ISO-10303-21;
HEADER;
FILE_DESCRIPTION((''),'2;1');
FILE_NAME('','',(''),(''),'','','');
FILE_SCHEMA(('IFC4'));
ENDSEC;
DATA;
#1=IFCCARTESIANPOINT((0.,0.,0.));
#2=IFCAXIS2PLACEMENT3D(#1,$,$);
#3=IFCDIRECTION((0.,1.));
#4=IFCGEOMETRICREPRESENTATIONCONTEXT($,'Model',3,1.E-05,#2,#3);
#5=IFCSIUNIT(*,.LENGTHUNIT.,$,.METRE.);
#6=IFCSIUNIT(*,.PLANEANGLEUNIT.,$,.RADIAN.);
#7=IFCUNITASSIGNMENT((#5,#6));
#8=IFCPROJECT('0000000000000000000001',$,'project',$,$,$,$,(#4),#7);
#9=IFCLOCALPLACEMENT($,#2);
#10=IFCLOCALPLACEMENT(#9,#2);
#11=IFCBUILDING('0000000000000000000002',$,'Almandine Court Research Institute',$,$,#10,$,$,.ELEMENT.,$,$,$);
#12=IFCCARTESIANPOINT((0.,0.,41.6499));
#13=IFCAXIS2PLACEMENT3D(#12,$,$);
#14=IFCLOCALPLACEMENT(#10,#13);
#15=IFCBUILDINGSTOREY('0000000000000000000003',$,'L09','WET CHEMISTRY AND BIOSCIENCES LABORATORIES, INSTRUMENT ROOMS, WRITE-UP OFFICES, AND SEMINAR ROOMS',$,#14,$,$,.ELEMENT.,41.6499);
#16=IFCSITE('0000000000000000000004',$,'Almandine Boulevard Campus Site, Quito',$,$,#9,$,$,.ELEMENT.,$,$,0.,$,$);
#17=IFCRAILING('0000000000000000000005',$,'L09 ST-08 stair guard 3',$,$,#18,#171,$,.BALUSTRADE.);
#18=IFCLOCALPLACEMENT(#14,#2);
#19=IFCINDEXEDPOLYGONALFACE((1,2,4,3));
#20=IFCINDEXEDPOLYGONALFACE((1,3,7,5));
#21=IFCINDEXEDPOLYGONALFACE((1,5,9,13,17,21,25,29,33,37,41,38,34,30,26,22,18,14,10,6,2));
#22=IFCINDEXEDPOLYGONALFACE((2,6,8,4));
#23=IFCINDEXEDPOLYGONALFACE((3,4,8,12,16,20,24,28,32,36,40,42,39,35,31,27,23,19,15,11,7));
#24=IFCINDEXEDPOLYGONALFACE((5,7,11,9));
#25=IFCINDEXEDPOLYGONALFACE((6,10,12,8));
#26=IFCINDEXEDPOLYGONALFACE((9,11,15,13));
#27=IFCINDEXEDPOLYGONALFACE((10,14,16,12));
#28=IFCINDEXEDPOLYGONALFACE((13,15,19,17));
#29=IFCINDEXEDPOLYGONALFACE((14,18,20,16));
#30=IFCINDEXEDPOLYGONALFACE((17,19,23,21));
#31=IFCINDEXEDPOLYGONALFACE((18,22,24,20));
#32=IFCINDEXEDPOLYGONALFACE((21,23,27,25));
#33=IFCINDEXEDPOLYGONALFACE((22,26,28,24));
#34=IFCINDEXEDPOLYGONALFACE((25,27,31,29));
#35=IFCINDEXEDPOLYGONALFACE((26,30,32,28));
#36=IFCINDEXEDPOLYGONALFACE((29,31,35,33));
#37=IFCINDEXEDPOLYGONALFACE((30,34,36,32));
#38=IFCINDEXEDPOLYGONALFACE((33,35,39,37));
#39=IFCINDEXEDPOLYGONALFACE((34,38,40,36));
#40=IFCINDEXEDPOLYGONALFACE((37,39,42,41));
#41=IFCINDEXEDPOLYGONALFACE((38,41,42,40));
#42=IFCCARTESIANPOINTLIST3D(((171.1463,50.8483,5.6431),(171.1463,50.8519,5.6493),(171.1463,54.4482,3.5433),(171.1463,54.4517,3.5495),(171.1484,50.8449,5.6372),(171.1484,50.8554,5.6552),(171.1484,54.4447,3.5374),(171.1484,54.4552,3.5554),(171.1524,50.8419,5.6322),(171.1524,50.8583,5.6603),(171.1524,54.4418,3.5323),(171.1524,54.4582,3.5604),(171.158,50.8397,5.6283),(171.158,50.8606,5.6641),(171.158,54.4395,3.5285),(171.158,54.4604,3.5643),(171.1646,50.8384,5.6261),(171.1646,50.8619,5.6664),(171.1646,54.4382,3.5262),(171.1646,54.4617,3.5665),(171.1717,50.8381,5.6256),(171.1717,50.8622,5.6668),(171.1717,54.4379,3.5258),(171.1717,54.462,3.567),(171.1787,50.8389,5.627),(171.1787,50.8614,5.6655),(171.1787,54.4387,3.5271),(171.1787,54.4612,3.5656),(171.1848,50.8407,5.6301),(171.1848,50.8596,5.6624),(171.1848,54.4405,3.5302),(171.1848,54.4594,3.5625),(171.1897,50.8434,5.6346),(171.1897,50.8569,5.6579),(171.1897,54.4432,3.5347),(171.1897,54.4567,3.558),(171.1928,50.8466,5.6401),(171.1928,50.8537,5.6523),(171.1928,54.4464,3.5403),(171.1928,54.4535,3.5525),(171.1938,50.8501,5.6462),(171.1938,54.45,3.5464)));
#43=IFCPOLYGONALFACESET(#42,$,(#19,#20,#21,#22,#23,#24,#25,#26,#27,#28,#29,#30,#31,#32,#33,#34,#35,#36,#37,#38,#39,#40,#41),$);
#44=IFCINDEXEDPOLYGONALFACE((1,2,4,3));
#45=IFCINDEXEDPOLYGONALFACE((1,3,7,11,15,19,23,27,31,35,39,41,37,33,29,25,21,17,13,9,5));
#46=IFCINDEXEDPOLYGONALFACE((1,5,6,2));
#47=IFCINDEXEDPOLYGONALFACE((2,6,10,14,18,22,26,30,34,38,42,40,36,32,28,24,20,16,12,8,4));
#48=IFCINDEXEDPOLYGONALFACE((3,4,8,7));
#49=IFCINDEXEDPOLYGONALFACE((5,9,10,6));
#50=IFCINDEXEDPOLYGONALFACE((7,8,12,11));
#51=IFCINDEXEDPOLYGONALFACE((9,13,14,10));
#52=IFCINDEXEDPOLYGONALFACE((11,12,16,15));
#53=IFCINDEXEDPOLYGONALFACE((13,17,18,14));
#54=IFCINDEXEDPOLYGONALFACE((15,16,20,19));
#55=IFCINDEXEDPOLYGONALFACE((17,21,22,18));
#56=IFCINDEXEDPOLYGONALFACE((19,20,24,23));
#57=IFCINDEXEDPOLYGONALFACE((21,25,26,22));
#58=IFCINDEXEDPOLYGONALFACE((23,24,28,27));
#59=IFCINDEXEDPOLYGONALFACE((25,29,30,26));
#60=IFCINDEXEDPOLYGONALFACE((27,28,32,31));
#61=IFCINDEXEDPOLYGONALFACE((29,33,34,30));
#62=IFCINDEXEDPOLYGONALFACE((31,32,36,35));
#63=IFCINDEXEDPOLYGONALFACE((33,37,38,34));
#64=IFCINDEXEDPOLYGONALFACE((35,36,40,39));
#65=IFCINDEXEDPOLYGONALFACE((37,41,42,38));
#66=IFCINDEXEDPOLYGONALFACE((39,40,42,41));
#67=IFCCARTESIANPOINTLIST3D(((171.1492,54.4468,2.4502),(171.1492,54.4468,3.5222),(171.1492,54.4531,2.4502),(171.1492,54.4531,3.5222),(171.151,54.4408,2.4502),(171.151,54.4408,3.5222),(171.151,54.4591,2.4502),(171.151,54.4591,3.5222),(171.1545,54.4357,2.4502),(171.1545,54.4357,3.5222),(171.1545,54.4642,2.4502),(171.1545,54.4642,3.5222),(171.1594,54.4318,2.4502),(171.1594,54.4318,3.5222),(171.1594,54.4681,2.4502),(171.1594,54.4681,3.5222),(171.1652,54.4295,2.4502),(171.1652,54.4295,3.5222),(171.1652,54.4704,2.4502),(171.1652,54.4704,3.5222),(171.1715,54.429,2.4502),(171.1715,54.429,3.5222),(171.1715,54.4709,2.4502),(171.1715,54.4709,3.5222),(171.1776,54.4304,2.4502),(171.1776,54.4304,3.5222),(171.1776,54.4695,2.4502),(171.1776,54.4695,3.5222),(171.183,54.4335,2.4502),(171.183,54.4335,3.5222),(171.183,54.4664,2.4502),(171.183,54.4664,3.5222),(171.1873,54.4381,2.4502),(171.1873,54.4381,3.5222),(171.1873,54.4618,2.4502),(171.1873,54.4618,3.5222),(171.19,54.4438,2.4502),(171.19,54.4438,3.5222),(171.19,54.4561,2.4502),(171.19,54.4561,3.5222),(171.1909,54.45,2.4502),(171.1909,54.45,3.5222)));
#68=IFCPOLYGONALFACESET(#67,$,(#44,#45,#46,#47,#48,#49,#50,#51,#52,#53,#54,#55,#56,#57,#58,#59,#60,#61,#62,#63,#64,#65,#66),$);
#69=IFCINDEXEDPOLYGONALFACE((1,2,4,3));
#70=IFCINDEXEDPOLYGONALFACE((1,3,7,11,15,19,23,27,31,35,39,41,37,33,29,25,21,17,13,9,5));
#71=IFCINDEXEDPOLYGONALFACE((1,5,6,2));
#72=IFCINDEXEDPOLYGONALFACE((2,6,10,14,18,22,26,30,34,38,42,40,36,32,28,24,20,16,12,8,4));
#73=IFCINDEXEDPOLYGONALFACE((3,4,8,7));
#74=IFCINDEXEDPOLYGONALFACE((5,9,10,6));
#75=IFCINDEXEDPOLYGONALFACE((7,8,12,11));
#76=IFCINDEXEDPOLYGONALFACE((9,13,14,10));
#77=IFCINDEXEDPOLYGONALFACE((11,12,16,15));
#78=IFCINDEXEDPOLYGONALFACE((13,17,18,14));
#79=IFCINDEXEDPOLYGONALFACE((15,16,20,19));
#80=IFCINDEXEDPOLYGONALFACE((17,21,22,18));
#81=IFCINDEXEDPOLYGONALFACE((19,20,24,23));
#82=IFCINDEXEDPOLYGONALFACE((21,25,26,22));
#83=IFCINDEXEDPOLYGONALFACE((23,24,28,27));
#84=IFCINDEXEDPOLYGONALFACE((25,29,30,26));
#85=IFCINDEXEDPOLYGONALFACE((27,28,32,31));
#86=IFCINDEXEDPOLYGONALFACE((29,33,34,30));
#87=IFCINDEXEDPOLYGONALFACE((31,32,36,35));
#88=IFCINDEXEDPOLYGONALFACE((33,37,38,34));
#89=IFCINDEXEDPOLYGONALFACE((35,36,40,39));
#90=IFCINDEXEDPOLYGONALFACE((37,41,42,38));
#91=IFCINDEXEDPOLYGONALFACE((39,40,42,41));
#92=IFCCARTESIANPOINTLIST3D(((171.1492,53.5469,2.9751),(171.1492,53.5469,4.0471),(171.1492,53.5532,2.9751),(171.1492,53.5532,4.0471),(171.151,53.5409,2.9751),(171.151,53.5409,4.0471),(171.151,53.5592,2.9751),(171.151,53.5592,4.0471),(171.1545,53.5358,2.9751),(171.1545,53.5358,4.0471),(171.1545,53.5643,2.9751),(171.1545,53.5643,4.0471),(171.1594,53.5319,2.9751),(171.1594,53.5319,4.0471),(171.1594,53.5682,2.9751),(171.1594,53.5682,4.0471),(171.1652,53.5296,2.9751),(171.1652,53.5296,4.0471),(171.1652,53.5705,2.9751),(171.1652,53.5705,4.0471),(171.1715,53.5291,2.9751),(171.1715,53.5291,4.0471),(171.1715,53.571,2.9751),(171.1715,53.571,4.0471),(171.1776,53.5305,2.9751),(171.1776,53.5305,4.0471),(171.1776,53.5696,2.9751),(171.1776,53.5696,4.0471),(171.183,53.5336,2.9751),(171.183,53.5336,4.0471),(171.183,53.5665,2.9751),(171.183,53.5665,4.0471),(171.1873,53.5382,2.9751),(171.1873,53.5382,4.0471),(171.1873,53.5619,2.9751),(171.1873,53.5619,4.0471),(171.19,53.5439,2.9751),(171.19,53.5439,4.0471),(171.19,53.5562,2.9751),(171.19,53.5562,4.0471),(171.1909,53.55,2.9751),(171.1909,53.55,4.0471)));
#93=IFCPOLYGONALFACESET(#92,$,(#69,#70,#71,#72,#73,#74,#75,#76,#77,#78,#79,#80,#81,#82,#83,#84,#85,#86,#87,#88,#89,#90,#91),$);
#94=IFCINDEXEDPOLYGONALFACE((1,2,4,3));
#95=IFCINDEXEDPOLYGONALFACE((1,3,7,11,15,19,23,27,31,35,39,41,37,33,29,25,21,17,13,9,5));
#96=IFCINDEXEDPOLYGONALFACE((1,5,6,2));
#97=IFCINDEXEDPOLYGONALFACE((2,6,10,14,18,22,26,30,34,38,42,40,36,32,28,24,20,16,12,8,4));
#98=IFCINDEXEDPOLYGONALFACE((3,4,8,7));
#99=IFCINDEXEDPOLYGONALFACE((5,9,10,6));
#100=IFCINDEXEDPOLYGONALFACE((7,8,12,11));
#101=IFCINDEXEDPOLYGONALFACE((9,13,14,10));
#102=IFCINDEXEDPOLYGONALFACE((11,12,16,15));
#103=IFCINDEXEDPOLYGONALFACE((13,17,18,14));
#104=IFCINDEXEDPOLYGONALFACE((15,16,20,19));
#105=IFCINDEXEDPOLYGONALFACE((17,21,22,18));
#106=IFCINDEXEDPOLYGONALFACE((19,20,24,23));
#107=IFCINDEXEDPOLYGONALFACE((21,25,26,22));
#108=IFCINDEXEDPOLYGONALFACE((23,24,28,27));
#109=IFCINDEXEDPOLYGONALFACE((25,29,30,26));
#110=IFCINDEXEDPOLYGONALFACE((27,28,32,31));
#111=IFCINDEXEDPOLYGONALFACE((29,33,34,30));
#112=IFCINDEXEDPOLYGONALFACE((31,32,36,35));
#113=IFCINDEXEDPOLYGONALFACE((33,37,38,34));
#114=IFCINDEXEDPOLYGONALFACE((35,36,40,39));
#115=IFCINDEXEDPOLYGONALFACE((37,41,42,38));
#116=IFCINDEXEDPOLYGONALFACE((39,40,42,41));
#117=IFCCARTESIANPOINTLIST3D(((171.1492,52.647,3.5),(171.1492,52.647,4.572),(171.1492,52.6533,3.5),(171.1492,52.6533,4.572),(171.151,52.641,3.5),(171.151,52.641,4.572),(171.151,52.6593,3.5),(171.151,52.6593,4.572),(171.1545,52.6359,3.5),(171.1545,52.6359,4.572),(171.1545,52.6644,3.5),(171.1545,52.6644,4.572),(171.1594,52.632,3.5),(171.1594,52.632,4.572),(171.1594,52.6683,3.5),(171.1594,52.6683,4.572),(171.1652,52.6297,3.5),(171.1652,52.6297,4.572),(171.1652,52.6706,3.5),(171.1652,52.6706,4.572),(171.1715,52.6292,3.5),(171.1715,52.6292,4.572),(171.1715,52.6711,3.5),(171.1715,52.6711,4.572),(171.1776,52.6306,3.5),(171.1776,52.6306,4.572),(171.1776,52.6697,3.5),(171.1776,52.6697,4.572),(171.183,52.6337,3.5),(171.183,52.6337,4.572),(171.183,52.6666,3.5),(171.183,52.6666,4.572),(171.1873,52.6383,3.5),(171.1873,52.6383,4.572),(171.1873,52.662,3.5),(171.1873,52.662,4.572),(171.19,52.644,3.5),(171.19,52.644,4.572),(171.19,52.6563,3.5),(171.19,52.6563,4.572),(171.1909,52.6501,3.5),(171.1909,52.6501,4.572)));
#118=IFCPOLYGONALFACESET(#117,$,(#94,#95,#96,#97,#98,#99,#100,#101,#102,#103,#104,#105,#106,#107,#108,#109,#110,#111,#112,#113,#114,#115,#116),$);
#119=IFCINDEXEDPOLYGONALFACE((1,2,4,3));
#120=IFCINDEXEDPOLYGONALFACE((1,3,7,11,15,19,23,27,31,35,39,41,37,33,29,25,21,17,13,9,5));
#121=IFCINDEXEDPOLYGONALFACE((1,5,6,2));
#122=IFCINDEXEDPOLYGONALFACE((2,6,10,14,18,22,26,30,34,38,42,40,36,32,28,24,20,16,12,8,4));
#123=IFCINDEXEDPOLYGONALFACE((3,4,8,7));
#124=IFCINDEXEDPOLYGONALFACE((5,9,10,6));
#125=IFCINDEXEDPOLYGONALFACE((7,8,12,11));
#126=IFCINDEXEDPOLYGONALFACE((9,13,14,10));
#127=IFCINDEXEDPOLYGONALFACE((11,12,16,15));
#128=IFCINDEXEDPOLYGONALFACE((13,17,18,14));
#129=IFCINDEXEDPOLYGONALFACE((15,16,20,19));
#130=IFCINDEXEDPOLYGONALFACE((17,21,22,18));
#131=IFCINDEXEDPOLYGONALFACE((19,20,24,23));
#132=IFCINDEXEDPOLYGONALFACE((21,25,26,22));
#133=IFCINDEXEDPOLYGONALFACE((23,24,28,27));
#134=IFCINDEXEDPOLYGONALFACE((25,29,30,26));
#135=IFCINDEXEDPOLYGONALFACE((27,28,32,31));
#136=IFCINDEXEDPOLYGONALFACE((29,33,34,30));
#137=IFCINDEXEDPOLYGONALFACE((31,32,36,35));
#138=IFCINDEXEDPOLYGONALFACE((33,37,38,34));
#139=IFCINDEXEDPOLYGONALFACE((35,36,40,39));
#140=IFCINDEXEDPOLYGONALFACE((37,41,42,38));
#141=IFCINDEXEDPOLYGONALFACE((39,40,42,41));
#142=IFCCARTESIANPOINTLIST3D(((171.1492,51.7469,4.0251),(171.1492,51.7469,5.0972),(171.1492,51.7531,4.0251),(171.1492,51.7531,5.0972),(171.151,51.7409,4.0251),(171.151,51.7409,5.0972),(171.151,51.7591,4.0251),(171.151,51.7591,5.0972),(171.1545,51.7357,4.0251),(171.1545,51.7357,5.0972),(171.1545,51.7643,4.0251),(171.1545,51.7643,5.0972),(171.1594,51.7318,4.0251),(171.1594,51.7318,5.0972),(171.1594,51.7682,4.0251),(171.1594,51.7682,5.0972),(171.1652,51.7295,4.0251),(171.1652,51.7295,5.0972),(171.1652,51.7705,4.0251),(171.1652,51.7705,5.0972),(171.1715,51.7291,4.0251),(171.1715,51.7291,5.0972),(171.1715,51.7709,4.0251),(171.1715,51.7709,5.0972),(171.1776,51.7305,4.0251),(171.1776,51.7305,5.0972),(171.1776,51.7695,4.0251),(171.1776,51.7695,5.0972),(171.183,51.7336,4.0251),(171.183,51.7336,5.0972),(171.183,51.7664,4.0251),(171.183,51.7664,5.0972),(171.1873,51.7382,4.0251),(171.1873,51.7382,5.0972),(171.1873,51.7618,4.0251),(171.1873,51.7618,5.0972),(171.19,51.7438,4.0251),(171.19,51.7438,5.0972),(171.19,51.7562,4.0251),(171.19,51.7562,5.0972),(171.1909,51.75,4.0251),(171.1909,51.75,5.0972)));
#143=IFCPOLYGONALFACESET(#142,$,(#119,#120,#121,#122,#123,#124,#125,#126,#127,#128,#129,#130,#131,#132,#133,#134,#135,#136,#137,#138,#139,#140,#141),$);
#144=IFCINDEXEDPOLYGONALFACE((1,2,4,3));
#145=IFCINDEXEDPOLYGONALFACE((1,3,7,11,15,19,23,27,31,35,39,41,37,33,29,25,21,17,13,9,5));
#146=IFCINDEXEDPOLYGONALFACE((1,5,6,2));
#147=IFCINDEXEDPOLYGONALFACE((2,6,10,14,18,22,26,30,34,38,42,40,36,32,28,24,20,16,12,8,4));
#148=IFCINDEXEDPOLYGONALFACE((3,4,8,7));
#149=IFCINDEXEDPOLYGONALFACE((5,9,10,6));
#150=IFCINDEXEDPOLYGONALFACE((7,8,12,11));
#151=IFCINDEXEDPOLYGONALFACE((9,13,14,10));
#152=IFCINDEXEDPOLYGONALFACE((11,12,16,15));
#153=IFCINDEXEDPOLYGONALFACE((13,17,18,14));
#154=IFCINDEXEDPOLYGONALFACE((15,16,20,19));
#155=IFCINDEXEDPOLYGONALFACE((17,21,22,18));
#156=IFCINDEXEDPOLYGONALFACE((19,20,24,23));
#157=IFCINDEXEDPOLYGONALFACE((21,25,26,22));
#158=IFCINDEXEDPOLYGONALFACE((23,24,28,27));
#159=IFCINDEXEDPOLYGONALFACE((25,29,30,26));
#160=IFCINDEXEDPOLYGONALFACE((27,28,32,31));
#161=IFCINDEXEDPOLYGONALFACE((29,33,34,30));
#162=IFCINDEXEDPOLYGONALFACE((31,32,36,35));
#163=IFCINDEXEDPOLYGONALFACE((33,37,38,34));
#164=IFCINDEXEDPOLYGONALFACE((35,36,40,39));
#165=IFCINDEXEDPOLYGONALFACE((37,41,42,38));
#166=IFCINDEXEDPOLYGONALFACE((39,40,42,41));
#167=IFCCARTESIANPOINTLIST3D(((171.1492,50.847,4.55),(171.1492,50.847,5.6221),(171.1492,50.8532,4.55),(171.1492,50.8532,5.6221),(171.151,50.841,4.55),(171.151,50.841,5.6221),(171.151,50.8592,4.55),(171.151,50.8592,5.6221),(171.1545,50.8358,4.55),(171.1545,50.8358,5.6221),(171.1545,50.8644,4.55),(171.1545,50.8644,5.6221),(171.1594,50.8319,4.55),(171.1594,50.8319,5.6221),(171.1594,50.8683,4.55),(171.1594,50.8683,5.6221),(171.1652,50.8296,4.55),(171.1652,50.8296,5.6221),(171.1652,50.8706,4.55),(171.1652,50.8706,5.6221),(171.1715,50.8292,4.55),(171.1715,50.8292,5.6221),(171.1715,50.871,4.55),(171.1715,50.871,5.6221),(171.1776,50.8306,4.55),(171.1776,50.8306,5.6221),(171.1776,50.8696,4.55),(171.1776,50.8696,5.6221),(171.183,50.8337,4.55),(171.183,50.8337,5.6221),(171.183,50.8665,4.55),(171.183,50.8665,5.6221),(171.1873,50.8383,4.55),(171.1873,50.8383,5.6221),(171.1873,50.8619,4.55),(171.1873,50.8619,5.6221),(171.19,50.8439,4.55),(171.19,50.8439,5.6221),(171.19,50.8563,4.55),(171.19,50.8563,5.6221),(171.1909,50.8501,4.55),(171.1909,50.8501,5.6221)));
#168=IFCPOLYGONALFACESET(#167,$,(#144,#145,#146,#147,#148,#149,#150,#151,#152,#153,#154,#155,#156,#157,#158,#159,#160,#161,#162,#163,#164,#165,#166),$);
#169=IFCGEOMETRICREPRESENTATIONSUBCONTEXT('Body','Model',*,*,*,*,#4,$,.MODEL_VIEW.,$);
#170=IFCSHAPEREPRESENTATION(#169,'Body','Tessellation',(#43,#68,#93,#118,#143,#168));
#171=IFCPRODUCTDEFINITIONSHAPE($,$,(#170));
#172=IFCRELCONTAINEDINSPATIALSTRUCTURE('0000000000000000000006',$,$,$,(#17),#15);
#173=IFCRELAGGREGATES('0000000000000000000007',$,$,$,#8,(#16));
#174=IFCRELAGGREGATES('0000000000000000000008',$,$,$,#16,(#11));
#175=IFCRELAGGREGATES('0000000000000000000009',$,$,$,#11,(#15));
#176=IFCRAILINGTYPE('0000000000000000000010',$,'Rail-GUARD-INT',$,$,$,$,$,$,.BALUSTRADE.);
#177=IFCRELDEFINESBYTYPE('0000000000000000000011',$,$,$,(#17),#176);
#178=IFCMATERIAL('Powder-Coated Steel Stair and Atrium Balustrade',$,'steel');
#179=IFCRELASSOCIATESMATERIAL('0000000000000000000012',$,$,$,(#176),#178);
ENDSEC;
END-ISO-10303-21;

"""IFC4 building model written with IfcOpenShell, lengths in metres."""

from ifc_helpers import new_model, si_unit, direction, frame, origin, origin_2d, place, context, subcontext, project, spatial, circle, extrude, material, type_object, element, save


model = new_model("IFC4")

# Units and contexts
model_context = context("Model", 3, precision=1e-05, world=origin(), true_north=direction((0.0, 1.0)))
body_context = subcontext(model_context, "Body", "Model", "MODEL_VIEW")
ifc_project = project(units=[si_unit("LENGTHUNIT", "METRE"), si_unit("PLANEANGLEUNIT", "RADIAN")], contexts=[model_context])

# Site, building, storey
site_placement = place(None, origin())
site = spatial("IfcSite", under=ifc_project, at=site_placement, Name="Almandine Boulevard Campus Site, Quito", CompositionType="ELEMENT", RefElevation=0.0)
building_placement = place(site_placement, origin())
building = spatial("IfcBuilding", under=site, at=building_placement, Name="Almandine Court Research Institute", CompositionType="ELEMENT")
storey_placement = place(building_placement, frame((0.0, 0.0, 41.6499)))
storey = spatial("IfcBuildingStorey", under=building, at=storey_placement, Name="L09", Description="WET CHEMISTRY AND BIOSCIENCES LABORATORIES, INSTRUMENT ROOMS, WRITE-UP OFFICES, AND SEMINAR ROOMS", CompositionType="ELEMENT", Elevation=41.6499)

# Railing
ifc_material_1 = material(Name="Powder-Coated Steel Stair and Atrium Balustrade", Category="steel")
railing_type_1 = type_object("IfcRailingType", Name="Rail-GUARD-INT", PredefinedType="BALUSTRADE", material=ifc_material_1)
railing_1_placement = place(storey_placement, frame((171.1699, 54.45, 2.4502)))
element("IfcRailing", 1, at=railing_1_placement, inside=storey, type_object=railing_type_1, Name="L09 ST-08 stair guard 3", PredefinedType="BALUSTRADE", context=body_context, shape_type="SweptSolid", body=[
    extrude(circle(Radius=0.0239, at=origin_2d()), frame((0.0, 0.0, 1.0962), z_axis=(0.0, -0.863785, 0.50386), x_axis=(1.0, 0.0, 0.0)), (0.0, 0.0, 1.0), 4.1675),
    extrude(circle(Radius=0.021, at=origin_2d()), origin(), (0.0, 0.0, 1.0), 1.072),
    extrude(circle(Radius=0.021, at=origin_2d()), frame((0.0, -0.8999, 0.5249)), (0.0, 0.0, 1.0), 1.072),
    extrude(circle(Radius=0.021, at=origin_2d()), frame((0.0, -1.7998, 1.0498)), (0.0, 0.0, 1.0), 1.072),
    extrude(circle(Radius=0.021, at=origin_2d()), frame((0.0, -2.7, 1.575)), (0.0, 0.0, 1.0), 1.072),
    extrude(circle(Radius=0.021, at=origin_2d()), frame((0.0, -3.5999, 2.0999)), (0.0, 0.0, 1.0), 1.072),
])

save(model, "model.ifc")
